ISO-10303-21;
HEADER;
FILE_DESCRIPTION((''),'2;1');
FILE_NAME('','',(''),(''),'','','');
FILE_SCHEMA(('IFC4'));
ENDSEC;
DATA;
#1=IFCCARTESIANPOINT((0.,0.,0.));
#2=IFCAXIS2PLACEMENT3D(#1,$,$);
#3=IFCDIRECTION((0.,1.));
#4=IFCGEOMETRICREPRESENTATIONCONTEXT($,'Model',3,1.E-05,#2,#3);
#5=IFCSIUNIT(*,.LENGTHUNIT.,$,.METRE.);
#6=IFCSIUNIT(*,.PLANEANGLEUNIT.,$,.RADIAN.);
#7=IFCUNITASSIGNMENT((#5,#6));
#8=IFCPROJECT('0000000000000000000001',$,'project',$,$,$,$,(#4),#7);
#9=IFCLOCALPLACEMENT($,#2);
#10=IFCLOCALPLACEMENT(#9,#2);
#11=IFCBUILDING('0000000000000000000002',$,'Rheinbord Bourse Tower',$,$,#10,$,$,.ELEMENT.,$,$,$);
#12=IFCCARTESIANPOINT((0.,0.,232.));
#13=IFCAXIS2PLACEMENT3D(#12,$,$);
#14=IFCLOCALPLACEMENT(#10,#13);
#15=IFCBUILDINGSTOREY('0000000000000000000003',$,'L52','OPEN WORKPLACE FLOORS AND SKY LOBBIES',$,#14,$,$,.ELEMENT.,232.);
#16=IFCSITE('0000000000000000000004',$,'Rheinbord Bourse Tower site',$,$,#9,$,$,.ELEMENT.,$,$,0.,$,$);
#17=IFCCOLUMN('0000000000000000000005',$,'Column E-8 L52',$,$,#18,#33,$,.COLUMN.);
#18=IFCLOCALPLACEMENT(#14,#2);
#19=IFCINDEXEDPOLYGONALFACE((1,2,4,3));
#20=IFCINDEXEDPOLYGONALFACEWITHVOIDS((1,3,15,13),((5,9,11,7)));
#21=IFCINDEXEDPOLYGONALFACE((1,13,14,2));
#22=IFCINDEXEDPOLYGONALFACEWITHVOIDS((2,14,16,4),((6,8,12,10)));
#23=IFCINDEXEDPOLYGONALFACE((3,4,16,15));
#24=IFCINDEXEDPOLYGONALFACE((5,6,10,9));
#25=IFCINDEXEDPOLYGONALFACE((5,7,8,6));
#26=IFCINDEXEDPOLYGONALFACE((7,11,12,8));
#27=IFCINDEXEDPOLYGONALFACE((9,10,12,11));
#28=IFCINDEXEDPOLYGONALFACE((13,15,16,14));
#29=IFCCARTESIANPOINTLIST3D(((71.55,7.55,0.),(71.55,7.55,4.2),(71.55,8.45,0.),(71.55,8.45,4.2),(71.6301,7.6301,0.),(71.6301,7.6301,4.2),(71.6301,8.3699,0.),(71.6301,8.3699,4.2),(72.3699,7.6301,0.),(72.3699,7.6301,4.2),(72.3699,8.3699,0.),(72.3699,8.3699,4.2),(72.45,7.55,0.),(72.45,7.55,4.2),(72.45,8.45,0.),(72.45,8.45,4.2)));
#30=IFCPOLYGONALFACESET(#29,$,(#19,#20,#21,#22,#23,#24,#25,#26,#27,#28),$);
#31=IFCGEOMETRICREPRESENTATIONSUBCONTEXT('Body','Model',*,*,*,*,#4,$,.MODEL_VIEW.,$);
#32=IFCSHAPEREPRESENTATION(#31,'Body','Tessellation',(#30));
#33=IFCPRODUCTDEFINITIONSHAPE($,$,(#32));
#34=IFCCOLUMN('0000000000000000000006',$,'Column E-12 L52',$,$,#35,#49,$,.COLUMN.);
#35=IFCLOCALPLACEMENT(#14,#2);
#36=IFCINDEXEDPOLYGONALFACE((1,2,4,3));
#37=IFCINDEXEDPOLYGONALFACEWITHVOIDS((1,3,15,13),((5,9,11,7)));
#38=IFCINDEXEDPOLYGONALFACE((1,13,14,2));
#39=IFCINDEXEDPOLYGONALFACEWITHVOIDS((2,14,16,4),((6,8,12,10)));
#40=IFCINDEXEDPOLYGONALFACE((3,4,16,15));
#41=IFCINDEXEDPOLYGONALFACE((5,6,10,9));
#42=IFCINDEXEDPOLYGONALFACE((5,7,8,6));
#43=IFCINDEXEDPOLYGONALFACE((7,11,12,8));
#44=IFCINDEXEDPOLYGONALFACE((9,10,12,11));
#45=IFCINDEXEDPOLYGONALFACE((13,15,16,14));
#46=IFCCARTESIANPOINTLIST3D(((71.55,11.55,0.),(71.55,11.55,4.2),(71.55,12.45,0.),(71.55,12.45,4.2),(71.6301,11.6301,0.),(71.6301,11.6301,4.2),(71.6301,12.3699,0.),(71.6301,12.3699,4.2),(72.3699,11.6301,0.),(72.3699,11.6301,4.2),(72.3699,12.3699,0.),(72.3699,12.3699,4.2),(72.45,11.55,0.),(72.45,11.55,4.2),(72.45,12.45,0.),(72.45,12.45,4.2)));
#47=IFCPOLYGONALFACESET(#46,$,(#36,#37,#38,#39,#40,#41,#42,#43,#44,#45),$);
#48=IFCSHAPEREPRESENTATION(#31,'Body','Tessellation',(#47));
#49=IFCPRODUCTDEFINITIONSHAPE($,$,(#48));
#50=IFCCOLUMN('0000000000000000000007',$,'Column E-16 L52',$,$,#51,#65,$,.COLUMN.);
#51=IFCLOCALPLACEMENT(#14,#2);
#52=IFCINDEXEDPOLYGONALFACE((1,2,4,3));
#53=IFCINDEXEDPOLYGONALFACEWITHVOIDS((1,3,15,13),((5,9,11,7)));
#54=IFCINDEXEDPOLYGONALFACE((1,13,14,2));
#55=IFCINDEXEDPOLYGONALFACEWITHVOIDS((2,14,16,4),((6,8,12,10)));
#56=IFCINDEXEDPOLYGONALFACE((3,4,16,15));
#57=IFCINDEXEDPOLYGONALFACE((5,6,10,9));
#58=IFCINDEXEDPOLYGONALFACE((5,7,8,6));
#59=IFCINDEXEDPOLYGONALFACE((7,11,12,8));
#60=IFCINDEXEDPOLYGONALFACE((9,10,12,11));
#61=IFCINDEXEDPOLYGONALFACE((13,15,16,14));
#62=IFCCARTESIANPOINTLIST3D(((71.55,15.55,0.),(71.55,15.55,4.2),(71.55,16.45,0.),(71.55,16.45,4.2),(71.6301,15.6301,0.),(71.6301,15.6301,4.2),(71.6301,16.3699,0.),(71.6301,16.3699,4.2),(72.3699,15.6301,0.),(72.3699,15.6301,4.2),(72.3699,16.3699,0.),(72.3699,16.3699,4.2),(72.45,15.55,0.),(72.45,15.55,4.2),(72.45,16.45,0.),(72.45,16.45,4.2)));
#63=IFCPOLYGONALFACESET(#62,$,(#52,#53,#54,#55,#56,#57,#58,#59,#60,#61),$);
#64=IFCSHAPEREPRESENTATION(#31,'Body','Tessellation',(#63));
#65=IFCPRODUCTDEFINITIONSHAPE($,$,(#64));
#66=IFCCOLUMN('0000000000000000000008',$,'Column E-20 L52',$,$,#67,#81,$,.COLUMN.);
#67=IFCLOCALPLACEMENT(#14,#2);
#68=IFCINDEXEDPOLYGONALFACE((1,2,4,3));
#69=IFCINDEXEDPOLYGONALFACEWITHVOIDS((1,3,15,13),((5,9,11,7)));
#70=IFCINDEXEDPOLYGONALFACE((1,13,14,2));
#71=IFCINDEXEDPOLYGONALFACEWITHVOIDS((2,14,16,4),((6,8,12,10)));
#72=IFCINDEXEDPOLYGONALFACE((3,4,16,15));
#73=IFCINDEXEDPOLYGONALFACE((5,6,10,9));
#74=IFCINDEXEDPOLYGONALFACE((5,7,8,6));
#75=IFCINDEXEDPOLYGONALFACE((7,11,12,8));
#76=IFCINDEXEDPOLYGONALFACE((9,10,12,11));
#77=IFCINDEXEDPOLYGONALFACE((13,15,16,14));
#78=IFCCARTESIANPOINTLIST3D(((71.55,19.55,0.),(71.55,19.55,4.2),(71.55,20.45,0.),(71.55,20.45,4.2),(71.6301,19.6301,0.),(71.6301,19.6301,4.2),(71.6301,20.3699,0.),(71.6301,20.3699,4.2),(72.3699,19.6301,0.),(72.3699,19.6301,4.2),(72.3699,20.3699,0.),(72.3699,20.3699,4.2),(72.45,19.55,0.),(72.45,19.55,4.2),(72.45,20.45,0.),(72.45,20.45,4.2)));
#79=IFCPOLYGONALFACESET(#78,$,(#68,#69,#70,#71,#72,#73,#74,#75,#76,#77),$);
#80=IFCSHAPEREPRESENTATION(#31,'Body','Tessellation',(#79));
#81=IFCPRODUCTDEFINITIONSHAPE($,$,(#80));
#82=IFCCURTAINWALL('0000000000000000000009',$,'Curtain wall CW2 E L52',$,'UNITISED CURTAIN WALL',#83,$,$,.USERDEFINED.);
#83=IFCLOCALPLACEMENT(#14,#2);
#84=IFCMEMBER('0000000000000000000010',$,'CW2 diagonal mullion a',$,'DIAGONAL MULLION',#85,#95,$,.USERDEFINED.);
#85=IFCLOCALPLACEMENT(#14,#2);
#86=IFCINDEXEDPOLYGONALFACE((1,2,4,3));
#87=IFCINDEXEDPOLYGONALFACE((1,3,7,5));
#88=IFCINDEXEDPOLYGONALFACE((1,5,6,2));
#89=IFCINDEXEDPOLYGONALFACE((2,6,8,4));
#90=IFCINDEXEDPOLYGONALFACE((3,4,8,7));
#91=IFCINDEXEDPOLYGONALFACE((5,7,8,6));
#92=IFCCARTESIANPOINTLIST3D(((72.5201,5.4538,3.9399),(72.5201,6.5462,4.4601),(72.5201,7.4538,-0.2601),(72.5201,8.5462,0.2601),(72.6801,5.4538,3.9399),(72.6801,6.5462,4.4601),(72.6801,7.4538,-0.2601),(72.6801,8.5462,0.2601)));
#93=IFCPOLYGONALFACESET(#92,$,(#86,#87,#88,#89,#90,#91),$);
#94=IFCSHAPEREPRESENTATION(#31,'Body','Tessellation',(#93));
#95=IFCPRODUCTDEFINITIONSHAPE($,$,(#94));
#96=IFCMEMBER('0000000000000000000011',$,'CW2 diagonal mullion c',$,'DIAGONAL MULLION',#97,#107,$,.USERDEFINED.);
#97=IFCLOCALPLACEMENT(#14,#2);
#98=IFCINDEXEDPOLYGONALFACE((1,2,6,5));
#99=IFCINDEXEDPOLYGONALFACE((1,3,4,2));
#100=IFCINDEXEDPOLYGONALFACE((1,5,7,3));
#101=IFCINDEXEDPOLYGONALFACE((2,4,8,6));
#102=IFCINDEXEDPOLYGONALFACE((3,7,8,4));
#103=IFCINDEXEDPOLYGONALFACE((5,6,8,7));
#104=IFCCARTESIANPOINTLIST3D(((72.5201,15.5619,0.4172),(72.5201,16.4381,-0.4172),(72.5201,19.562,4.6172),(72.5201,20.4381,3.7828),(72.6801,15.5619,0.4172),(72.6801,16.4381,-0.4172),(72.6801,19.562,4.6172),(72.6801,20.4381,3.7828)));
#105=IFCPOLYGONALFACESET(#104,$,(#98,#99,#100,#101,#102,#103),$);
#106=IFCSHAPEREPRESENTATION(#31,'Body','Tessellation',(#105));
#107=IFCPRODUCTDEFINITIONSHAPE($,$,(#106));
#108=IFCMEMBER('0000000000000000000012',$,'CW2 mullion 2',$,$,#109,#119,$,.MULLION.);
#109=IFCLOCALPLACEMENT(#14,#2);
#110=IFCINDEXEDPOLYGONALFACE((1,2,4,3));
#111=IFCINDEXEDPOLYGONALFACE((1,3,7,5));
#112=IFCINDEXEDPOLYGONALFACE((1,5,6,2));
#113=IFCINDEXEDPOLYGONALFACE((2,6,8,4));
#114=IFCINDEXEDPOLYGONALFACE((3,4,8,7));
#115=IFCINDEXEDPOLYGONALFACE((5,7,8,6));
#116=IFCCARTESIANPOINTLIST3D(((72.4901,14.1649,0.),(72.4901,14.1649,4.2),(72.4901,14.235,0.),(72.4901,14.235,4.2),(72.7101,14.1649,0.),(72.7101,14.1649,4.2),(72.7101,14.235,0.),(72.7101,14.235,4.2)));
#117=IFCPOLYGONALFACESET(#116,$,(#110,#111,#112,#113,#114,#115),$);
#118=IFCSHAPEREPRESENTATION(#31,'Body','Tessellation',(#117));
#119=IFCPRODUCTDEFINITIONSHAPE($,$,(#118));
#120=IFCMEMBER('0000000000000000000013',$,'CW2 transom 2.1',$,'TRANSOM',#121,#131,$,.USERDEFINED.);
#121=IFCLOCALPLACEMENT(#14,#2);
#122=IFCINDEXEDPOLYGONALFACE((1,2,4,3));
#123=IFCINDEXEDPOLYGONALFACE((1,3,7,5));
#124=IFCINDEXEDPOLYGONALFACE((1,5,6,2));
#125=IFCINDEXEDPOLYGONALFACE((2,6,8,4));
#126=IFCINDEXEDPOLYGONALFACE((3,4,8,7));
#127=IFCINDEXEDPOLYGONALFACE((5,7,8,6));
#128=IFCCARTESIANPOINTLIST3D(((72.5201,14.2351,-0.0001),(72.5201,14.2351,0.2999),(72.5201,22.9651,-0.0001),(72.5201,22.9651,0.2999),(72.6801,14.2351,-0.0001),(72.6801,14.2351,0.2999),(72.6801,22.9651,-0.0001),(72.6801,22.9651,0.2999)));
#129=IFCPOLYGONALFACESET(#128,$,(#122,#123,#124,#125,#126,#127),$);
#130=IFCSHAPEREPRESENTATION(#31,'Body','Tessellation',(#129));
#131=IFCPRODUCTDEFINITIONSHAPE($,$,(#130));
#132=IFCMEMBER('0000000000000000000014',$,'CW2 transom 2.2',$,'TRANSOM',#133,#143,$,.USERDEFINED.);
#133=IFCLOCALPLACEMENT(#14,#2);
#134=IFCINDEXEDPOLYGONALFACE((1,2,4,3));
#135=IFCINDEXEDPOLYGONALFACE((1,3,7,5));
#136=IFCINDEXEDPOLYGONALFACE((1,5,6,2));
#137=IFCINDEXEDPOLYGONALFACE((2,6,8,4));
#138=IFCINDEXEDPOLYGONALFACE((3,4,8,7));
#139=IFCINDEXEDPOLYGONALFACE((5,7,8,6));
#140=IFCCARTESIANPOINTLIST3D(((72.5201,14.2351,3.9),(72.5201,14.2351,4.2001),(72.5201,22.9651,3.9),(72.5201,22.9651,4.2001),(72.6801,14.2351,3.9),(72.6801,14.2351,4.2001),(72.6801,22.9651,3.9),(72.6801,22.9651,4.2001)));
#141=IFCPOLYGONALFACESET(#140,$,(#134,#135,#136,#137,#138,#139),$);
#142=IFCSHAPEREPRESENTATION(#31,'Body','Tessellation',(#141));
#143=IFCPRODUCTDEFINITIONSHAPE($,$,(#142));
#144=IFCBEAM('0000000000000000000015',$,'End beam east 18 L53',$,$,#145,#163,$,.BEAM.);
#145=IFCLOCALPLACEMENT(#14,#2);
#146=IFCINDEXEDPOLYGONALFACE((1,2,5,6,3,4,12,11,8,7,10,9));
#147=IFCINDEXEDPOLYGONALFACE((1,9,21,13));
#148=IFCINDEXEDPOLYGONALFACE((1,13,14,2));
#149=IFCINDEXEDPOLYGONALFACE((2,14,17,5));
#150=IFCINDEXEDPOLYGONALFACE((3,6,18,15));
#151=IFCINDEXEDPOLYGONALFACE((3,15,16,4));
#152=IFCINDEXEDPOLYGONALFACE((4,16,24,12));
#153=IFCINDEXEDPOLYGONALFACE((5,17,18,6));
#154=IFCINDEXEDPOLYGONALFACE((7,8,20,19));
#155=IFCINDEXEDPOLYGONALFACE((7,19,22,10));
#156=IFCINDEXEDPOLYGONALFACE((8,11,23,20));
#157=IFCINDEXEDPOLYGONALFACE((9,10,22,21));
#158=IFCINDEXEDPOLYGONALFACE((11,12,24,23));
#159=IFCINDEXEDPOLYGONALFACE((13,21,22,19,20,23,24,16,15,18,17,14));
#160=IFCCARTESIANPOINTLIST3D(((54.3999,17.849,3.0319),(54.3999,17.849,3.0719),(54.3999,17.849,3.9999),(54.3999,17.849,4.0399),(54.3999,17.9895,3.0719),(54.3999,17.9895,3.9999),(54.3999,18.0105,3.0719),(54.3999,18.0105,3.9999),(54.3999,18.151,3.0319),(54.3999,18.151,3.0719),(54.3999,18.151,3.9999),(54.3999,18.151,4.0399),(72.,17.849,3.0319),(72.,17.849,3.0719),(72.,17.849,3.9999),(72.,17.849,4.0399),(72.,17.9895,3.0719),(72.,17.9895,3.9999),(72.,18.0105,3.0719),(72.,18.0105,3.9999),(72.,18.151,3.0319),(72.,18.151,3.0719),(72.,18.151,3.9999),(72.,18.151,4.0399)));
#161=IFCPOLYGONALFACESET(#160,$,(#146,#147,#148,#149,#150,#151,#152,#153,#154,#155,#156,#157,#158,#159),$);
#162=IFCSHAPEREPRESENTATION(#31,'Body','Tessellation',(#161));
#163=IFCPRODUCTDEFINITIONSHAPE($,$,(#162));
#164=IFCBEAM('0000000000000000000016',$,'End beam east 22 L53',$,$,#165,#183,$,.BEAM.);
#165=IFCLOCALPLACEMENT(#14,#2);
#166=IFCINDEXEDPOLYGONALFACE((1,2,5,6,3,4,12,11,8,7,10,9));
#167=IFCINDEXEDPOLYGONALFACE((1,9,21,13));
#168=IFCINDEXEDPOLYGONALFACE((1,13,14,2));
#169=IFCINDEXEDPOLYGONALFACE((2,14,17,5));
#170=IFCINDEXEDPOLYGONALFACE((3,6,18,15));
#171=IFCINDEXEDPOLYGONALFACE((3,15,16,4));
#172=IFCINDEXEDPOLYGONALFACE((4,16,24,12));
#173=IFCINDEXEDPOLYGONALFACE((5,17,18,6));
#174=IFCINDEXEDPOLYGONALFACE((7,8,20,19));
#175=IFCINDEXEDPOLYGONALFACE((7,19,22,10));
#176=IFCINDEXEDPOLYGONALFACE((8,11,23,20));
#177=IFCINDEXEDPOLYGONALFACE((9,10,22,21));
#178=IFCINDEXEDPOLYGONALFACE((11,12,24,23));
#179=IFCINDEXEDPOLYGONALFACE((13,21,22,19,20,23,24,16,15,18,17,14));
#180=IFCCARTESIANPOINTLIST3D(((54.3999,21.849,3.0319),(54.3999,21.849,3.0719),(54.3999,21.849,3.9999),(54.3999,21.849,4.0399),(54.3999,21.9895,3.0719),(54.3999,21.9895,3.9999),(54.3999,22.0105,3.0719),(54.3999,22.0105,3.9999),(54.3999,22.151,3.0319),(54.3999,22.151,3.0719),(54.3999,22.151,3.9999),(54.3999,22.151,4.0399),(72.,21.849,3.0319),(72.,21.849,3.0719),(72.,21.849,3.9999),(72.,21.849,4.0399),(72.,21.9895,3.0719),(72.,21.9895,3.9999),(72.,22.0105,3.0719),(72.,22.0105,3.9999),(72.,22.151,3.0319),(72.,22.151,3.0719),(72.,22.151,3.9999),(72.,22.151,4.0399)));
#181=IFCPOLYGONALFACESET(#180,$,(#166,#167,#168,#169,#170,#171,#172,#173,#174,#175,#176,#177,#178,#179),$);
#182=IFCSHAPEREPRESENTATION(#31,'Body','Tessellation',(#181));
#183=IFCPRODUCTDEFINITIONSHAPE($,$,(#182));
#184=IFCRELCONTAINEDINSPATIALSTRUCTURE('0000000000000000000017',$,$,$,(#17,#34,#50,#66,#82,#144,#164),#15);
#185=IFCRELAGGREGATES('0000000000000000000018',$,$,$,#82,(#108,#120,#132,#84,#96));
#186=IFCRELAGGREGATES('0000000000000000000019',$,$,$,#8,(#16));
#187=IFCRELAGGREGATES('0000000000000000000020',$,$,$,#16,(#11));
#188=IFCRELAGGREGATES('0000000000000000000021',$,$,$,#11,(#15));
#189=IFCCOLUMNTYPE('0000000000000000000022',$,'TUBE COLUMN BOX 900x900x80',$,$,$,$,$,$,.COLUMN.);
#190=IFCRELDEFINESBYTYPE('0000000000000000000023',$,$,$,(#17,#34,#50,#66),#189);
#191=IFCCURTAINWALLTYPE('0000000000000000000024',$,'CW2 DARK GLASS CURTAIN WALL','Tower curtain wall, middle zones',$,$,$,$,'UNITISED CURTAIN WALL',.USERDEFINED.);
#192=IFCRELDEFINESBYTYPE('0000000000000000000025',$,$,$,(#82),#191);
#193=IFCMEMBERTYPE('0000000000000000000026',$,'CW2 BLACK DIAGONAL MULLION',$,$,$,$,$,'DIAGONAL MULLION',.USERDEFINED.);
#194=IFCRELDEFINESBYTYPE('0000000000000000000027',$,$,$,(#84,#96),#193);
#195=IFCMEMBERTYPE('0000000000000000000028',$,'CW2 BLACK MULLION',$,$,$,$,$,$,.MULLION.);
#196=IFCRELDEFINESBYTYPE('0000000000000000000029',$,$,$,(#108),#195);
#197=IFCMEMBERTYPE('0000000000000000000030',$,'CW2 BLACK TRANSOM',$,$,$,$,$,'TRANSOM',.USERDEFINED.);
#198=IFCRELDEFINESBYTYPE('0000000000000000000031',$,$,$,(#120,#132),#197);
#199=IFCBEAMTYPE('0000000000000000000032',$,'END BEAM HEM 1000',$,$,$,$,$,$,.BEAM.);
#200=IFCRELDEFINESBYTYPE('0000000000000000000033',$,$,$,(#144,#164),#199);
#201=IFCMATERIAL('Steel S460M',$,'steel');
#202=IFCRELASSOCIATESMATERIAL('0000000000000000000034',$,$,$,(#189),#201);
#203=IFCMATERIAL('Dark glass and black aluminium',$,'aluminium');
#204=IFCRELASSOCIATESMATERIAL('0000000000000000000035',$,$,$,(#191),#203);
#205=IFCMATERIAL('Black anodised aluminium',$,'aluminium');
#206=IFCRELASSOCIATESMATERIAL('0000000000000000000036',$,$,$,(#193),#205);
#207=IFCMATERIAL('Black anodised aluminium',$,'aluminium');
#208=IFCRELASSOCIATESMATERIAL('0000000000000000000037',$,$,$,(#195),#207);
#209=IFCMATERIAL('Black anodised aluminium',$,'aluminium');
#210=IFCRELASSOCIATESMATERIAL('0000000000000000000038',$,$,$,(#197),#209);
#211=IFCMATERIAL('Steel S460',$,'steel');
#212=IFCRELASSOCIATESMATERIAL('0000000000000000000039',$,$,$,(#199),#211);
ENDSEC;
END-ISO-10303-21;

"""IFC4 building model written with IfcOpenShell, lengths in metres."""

from ifc_helpers import new_model, si_unit, direction, frame, origin, origin_2d, place, context, subcontext, project, spatial, rectangle, hollow_rectangle, i_section, extrude, material, material_profile, profile_set, type_object, element, aggregate, save


model = new_model("IFC4")

# Units and contexts
model_context = context("Model", 3, precision=1e-05, world=origin(), true_north=direction((0.0, 1.0)))
body_context = subcontext(model_context, "Body", "Model", "MODEL_VIEW")
ifc_project = project(units=[si_unit("LENGTHUNIT", "METRE"), si_unit("PLANEANGLEUNIT", "RADIAN")], contexts=[model_context])

# Site, building, storey
site_placement = place(None, origin())
site = spatial("IfcSite", under=ifc_project, at=site_placement, Name="Rheinbord Bourse Tower site", CompositionType="ELEMENT", RefElevation=0.0)
building_placement = place(site_placement, origin())
building = spatial("IfcBuilding", under=site, at=building_placement, Name="Rheinbord Bourse Tower", CompositionType="ELEMENT")
storey_placement = place(building_placement, frame((0.0, 0.0, 232.0)))
storey = spatial("IfcBuildingStorey", under=building, at=storey_placement, Name="L52", Description="OPEN WORKPLACE FLOORS AND SKY LOBBIES", CompositionType="ELEMENT", Elevation=232.0)

# Columns
ifc_material_1 = material(Name="Steel S460M", Category="steel")
ifc_material_profile_1 = material_profile(ifc_material_1, hollow_rectangle(XDim=0.8999, YDim=0.8999, WallThickness=0.0801, at=origin_2d()), Name="BOX 900x900x80")
ifc_profile_set_1 = profile_set([ifc_material_profile_1], Name="Steel S460M")
column_type = type_object("IfcColumnType", Name="TUBE COLUMN BOX 900x900x80", PredefinedType="COLUMN", material=ifc_profile_set_1)
for number, where, z_axis, x_axis, name in (
    (1, (72.0, 8.0, 0.0), (0.0, 0.0, 1.0), (1.0, 0.0, 0.0), "Column E-8 L52"),
    (2, (72.0, 12.0, 0.0), (0.0, 0.0, 1.0), (1.0, 0.0, 0.0), "Column E-12 L52"),
    (3, (72.0, 16.0, 0.0), (0.0, 0.0, 1.0), (1.0, 0.0, 0.0), "Column E-16 L52"),
    (4, (72.0, 20.0, 0.0), (0.0, 0.0, 1.0), (1.0, 0.0, 0.0), "Column E-20 L52"),
):
    element("IfcColumn", number, at=place(storey_placement, frame(where, z_axis=z_axis, x_axis=x_axis)), inside=storey, type_object=column_type, Name=name, PredefinedType="COLUMN", context=body_context, shape_type="SweptSolid", body=[
        extrude(hollow_rectangle(XDim=0.8999, YDim=0.8999, WallThickness=0.0801, at=origin_2d()), origin(), (0.0, 0.0, 1.0), 4.2),
    ])

# Curtain wall, members
ifc_material_2 = material(Name="Dark glass and black aluminium", Category="aluminium")
curtain_wall_type = type_object("IfcCurtainWallType", Name="CW2 DARK GLASS CURTAIN WALL", Description="Tower curtain wall, middle zones", ElementType="UNITISED CURTAIN WALL", PredefinedType="USERDEFINED", material=ifc_material_2)
curtain_wall_placement = place(storey_placement, origin())
curtain_wall = element("IfcCurtainWall", 5, at=curtain_wall_placement, inside=storey, type_object=curtain_wall_type, Name="Curtain wall CW2 E L52", ObjectType="UNITISED CURTAIN WALL", PredefinedType="USERDEFINED")
ifc_material_3 = material(Name="Black anodised aluminium", Category="aluminium")
ifc_material_profile_2 = material_profile(ifc_material_3, rectangle(XDim=0.1599, YDim=1.21, at=origin_2d()), Name="CW2 DIAGONAL MULLION 1210x160")
ifc_profile_set_2 = profile_set([ifc_material_profile_2], Name="Black anodised aluminium")
member_type_1 = type_object("IfcMemberType", Name="CW2 BLACK DIAGONAL MULLION", ElementType="DIAGONAL MULLION", PredefinedType="USERDEFINED", material=ifc_profile_set_2)
member_1_placement = place(storey_placement, frame((72.6001, 8.0, 0.0), z_axis=(0.0, -0.429938, 0.902859), x_axis=(1.0, 0.0, 0.0)))
member_1 = element("IfcMember", 6, at=member_1_placement, type_object=member_type_1, Name="CW2 diagonal mullion a", ObjectType="DIAGONAL MULLION", PredefinedType="USERDEFINED", context=body_context, shape_type="SweptSolid", body=[
    extrude(rectangle(XDim=0.1599, YDim=1.21, at=origin_2d()), origin(), (0.0, 0.0, 1.0), 4.6519),
])
member_2_placement = place(storey_placement, frame((72.6001, 16.0, 0.0), z_axis=(0.0, 0.689659, 0.724134), x_axis=(-1.0, 0.0, 0.0)))
member_2 = element("IfcMember", 7, at=member_2_placement, type_object=member_type_1, Name="CW2 diagonal mullion c", ObjectType="DIAGONAL MULLION", PredefinedType="USERDEFINED", context=body_context, shape_type="SweptSolid", body=[
    extrude(rectangle(XDim=0.1599, YDim=1.21, at=origin_2d()), origin(), (0.0, 0.0, 1.0), 5.8),
])
ifc_material_4 = material(Name="Black anodised aluminium", Category="aluminium")
ifc_material_profile_3 = material_profile(ifc_material_4, rectangle(XDim=0.22, YDim=0.0701, at=origin_2d()), Name="CW2 MULLION 70x220")
ifc_profile_set_3 = profile_set([ifc_material_profile_3], Name="Black anodised aluminium")
member_type_2 = type_object("IfcMemberType", Name="CW2 BLACK MULLION", PredefinedType="MULLION", material=ifc_profile_set_3)
member_3_placement = place(storey_placement, frame((72.6001, 14.2, 0.0), z_axis=(0.0, 0.0, 1.0), x_axis=(-1.0, 0.0, 0.0)))
member_3 = element("IfcMember", 8, at=member_3_placement, type_object=member_type_2, Name="CW2 mullion 2", PredefinedType="MULLION", context=body_context, shape_type="SweptSolid", body=[
    extrude(rectangle(XDim=0.22, YDim=0.0701, at=origin_2d()), origin(), (0.0, 0.0, 1.0), 4.2),
])
ifc_material_5 = material(Name="Black anodised aluminium", Category="aluminium")
ifc_material_profile_4 = material_profile(ifc_material_5, rectangle(XDim=0.1599, YDim=0.3, at=origin_2d()), Name="CW2 TRANSOM 300x160")
ifc_profile_set_4 = profile_set([ifc_material_profile_4], Name="Black anodised aluminium")
member_type_3 = type_object("IfcMemberType", Name="CW2 BLACK TRANSOM", ElementType="TRANSOM", PredefinedType="USERDEFINED", material=ifc_profile_set_4)
member_4_placement = place(storey_placement, frame((72.6001, 14.2351, 0.1499), z_axis=(0.0, 1.0, 0.0), x_axis=(-1.0, 0.0, 0.0)))
member_4 = element("IfcMember", 9, at=member_4_placement, type_object=member_type_3, Name="CW2 transom 2.1", ObjectType="TRANSOM", PredefinedType="USERDEFINED", context=body_context, shape_type="SweptSolid", body=[
    extrude(rectangle(XDim=0.1599, YDim=0.3, at=origin_2d()), origin(), (0.0, 0.0, 1.0), 8.73),
])
member_5_placement = place(storey_placement, frame((72.6001, 14.2351, 4.05), z_axis=(0.0, 1.0, 0.0), x_axis=(-1.0, 0.0, 0.0)))
member_5 = element("IfcMember", 10, at=member_5_placement, type_object=member_type_3, Name="CW2 transom 2.2", ObjectType="TRANSOM", PredefinedType="USERDEFINED", context=body_context, shape_type="SweptSolid", body=[
    extrude(rectangle(XDim=0.1599, YDim=0.3, at=origin_2d()), origin(), (0.0, 0.0, 1.0), 8.73),
])

# Beams
ifc_material_6 = material(Name="Steel S460", Category="steel")
ifc_material_profile_5 = material_profile(ifc_material_6, i_section(OverallWidth=0.302, OverallDepth=1.0081, WebThickness=0.021, FlangeThickness=0.04, at=origin_2d()), Name="HEM 1000")
ifc_profile_set_5 = profile_set([ifc_material_profile_5], Name="Steel S460")
beam_type_1 = type_object("IfcBeamType", Name="END BEAM HEM 1000", PredefinedType="BEAM", material=ifc_profile_set_5)
for number, where, z_axis, x_axis, name in (
    (11, (54.3999, 18.0, 3.5359), (1.0, 0.0, 0.0), (0.0, 1.0, 0.0), "End beam east 18 L53"),
    (12, (54.3999, 22.0, 3.5359), (1.0, 0.0, 0.0), (0.0, 1.0, 0.0), "End beam east 22 L53"),
):
    element("IfcBeam", number, at=place(storey_placement, frame(where, z_axis=z_axis, x_axis=x_axis)), inside=storey, type_object=beam_type_1, Name=name, PredefinedType="BEAM", context=body_context, shape_type="SweptSolid", body=[
        extrude(i_section(OverallWidth=0.302, OverallDepth=1.0081, WebThickness=0.021, FlangeThickness=0.04, at=origin_2d()), origin(), (0.0, 0.0, 1.0), 17.6001),
    ])

aggregate(curtain_wall, [member_3, member_4, member_5, member_1, member_2])

save(model, "model.ifc")
